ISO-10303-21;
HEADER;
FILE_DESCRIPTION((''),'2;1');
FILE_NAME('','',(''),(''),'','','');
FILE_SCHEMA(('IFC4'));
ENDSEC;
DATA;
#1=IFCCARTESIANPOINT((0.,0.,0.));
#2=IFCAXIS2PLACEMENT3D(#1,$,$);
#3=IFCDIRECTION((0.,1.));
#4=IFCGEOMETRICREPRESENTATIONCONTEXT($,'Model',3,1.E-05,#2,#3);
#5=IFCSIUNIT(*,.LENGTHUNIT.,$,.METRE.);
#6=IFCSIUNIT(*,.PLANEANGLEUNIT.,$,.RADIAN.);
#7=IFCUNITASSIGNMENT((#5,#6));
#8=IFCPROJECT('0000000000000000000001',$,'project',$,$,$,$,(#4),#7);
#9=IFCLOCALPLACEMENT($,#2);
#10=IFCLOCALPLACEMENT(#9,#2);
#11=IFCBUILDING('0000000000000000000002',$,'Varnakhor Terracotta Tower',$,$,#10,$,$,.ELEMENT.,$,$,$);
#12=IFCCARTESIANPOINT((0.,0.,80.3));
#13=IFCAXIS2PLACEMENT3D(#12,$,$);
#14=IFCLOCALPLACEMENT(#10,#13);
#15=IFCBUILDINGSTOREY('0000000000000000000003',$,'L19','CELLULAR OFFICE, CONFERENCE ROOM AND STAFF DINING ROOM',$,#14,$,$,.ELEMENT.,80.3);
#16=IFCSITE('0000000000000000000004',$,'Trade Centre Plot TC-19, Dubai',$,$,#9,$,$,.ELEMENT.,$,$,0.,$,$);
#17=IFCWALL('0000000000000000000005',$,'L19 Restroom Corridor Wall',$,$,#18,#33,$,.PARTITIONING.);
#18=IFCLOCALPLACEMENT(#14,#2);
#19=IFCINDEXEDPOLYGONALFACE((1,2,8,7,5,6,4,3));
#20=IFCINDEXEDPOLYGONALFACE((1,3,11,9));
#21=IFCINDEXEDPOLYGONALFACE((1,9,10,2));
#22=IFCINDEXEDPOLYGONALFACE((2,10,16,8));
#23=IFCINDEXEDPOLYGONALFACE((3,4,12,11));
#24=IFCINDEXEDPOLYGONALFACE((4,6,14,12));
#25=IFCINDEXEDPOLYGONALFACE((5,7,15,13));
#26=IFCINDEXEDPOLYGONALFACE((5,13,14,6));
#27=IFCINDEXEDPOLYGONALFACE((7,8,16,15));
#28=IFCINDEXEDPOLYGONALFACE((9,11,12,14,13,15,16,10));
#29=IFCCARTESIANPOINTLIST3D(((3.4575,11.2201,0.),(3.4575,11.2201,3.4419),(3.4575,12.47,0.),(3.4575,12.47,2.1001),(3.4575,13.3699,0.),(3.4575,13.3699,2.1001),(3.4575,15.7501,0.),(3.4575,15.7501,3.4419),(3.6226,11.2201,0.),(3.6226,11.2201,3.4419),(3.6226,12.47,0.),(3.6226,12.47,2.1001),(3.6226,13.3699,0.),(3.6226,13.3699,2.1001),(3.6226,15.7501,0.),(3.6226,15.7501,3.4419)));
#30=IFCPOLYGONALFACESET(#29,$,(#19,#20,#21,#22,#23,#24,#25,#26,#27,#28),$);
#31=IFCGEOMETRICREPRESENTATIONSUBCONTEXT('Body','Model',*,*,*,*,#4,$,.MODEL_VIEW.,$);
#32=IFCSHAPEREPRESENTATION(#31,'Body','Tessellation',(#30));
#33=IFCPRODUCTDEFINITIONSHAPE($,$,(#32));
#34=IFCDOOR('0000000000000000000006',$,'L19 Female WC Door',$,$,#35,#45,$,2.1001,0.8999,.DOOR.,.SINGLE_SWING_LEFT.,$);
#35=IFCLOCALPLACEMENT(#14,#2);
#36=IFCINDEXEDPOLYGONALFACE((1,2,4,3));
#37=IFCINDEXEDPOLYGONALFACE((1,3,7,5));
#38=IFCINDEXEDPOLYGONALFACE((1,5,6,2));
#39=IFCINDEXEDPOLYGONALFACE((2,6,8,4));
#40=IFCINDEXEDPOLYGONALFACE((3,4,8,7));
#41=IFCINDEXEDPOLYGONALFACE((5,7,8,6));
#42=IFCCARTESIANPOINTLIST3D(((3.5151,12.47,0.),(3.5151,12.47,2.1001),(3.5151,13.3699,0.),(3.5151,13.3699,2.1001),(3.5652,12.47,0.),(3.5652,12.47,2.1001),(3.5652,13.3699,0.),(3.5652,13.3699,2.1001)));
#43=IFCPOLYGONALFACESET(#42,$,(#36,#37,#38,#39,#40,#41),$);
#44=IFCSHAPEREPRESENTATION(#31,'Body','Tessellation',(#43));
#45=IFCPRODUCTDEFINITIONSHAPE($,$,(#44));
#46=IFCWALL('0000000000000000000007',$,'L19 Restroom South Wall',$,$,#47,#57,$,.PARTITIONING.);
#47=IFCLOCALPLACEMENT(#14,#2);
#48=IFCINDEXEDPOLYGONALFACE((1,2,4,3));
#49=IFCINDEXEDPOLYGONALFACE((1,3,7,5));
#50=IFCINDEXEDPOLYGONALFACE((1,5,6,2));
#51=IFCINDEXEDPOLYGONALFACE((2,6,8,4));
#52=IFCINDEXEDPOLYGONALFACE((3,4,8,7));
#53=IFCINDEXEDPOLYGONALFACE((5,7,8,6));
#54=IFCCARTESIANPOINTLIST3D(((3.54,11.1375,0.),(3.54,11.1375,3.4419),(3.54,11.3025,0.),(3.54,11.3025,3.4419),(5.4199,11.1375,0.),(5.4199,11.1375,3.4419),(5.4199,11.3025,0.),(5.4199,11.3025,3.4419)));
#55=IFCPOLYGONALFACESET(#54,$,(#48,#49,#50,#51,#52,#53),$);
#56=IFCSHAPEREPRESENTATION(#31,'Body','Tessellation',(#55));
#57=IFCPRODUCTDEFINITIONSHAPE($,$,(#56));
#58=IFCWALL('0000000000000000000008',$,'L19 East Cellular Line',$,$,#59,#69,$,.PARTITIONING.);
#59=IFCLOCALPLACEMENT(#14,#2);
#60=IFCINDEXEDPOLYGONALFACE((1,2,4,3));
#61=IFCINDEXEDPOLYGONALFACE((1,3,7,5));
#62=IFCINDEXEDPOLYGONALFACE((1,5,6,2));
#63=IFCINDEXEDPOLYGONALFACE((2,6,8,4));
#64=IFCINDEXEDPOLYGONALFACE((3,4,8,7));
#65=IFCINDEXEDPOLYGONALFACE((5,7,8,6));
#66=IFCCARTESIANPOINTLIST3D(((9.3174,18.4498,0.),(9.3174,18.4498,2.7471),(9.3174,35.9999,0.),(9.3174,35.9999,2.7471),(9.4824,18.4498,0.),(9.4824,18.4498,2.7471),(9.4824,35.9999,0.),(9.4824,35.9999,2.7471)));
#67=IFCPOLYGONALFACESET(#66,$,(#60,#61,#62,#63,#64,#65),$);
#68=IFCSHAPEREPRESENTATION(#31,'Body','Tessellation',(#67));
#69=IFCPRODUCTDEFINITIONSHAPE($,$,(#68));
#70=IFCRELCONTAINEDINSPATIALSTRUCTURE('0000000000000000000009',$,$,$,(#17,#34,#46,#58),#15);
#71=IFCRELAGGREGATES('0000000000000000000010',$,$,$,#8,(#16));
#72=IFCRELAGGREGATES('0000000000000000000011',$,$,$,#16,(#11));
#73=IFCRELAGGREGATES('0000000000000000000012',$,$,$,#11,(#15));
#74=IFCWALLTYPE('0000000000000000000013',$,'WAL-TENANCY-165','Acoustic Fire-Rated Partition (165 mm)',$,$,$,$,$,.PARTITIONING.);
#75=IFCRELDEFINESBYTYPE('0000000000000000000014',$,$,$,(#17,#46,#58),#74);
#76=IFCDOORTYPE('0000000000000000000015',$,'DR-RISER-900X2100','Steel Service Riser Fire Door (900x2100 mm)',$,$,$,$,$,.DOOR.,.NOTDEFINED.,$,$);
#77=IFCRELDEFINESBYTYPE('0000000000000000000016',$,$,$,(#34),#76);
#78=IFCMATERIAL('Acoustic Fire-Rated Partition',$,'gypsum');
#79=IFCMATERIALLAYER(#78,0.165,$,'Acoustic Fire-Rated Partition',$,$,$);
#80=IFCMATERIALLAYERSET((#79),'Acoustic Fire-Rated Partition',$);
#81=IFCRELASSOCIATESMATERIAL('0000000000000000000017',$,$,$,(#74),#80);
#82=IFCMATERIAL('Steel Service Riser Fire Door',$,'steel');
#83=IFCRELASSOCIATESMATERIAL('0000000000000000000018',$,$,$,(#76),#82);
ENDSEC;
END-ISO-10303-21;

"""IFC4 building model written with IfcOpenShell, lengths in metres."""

from ifc_helpers import new_model, si_unit, direction, frame, frame_2d, origin, place, context, subcontext, project, spatial, rectangle, extrude, source, transform, mapped, material, layer, layer_set, type_object, type_shapes, element, fill, save


model = new_model("IFC4")

# Units and contexts
model_context = context("Model", 3, precision=1e-05, world=origin(), true_north=direction((0.0, 1.0)))
body_context = subcontext(model_context, "Body", "Model", "MODEL_VIEW")
ifc_project = project(units=[si_unit("LENGTHUNIT", "METRE"), si_unit("PLANEANGLEUNIT", "RADIAN")], contexts=[model_context])

# Site, building, storey
site_placement = place(None, origin())
site = spatial("IfcSite", under=ifc_project, at=site_placement, Name="Trade Centre Plot TC-19, Dubai", CompositionType="ELEMENT", RefElevation=0.0)
building_placement = place(site_placement, origin())
building = spatial("IfcBuilding", under=site, at=building_placement, Name="Varnakhor Terracotta Tower", CompositionType="ELEMENT")
storey_placement = place(building_placement, frame((0.0, 0.0, 80.3)))
storey = spatial("IfcBuildingStorey", under=building, at=storey_placement, Name="L19", Description="CELLULAR OFFICE, CONFERENCE ROOM AND STAFF DINING ROOM", CompositionType="ELEMENT", Elevation=80.3)

# Wall, opening, door
ifc_material_1 = material(Name="Acoustic Fire-Rated Partition", Category="gypsum")
ifc_layer_1 = layer(ifc_material_1, 0.165, Name="Acoustic Fire-Rated Partition")
ifc_layer_set_1 = layer_set([ifc_layer_1], Name="Acoustic Fire-Rated Partition")
wall_type_1 = type_object("IfcWallType", Name="WAL-TENANCY-165", Description="Acoustic Fire-Rated Partition (165 mm)", PredefinedType="PARTITIONING", material=ifc_layer_set_1)
ifc_material_2 = material(Name="Steel Service Riser Fire Door", Category="steel")
door_type_1 = type_object("IfcDoorType", Name="DR-RISER-900X2100", Description="Steel Service Riser Fire Door (900x2100 mm)", OperationType="NOTDEFINED", PredefinedType="DOOR", material=ifc_material_2)
shared_shape_1 = source(origin(), body_context, "Body", "SweptSolid", [
    extrude(rectangle(XDim=0.8999, YDim=2.1001, at=frame_2d((0.45, 1.05))), frame((0.0, 0.0249, 0.0), z_axis=(0.0, -1.0, 0.0), x_axis=(1.0, 0.0, 0.0)), (0.0, 0.0, 1.0), 0.05),
])
type_shapes(door_type_1, [shared_shape_1])
wall_1_placement = place(storey_placement, frame((3.54, 11.22, 0.0), z_axis=(0.0, 0.0, 1.0), x_axis=(0.0, 1.0, 0.0)))
wall_1 = element("IfcWall", 1, at=wall_1_placement, inside=storey, type_object=wall_type_1, Name="L19 Restroom Corridor Wall", PredefinedType="PARTITIONING", context=body_context, shape_type="SweptSolid", body=[
    extrude(rectangle(XDim=4.53, YDim=0.165, at=frame_2d((2.2651, 0.0))), origin(), (0.0, 0.0, 1.0), 3.4419),
])
opening_1_placement = place(wall_1_placement, frame((1.25, 0.0, 0.0)))
opening_1 = element("IfcOpeningElement", 2, at=opening_1_placement, cuts=wall_1, PredefinedType="OPENING", context=body_context, shape_type="SweptSolid", body=[
    extrude(rectangle(XDim=0.8999, YDim=2.1001, at=frame_2d((0.45, 1.05))), frame((0.0, 0.0925, 0.0), z_axis=(0.0, -1.0, 0.0), x_axis=(1.0, 0.0, 0.0)), (0.0, 0.0, 1.0), 0.1851),
])
door_1_placement = place(opening_1_placement, origin())
door_1 = element("IfcDoor", 3, at=door_1_placement, inside=storey, type_object=door_type_1, Name="L19 Female WC Door", OperationType="SINGLE_SWING_LEFT", OverallHeight=2.1001, OverallWidth=0.8999, PredefinedType="DOOR", context=body_context, shape_type="MappedRepresentation", body=[
    mapped(shared_shape_1, transform((0.0, 0.0, 0.0), scale=1.0)),
])
fill(opening_1, door_1)

# Walls
wall_2_placement = place(storey_placement, frame((3.54, 11.22, 0.0), z_axis=(0.0, 0.0, 1.0), x_axis=(1.0, 0.0, 0.0)))
element("IfcWall", 4, at=wall_2_placement, inside=storey, type_object=wall_type_1, Name="L19 Restroom South Wall", PredefinedType="PARTITIONING", context=body_context, shape_type="SweptSolid", body=[
    extrude(rectangle(XDim=1.8799, YDim=0.165, at=frame_2d((0.9399, 0.0))), origin(), (0.0, 0.0, 1.0), 3.4419),
])
wall_3_placement = place(storey_placement, frame((9.3999, 18.45, 0.0), z_axis=(0.0, 0.0, 1.0), x_axis=(0.0, 1.0, 0.0)))
element("IfcWall", 5, at=wall_3_placement, inside=storey, type_object=wall_type_1, Name="L19 East Cellular Line", PredefinedType="PARTITIONING", context=body_context, shape_type="SweptSolid", body=[
    extrude(rectangle(XDim=17.55, YDim=0.165, at=frame_2d((8.7749, 0.0))), origin(), (0.0, 0.0, 1.0), 2.7471),
])

save(model, "model.ifc")
